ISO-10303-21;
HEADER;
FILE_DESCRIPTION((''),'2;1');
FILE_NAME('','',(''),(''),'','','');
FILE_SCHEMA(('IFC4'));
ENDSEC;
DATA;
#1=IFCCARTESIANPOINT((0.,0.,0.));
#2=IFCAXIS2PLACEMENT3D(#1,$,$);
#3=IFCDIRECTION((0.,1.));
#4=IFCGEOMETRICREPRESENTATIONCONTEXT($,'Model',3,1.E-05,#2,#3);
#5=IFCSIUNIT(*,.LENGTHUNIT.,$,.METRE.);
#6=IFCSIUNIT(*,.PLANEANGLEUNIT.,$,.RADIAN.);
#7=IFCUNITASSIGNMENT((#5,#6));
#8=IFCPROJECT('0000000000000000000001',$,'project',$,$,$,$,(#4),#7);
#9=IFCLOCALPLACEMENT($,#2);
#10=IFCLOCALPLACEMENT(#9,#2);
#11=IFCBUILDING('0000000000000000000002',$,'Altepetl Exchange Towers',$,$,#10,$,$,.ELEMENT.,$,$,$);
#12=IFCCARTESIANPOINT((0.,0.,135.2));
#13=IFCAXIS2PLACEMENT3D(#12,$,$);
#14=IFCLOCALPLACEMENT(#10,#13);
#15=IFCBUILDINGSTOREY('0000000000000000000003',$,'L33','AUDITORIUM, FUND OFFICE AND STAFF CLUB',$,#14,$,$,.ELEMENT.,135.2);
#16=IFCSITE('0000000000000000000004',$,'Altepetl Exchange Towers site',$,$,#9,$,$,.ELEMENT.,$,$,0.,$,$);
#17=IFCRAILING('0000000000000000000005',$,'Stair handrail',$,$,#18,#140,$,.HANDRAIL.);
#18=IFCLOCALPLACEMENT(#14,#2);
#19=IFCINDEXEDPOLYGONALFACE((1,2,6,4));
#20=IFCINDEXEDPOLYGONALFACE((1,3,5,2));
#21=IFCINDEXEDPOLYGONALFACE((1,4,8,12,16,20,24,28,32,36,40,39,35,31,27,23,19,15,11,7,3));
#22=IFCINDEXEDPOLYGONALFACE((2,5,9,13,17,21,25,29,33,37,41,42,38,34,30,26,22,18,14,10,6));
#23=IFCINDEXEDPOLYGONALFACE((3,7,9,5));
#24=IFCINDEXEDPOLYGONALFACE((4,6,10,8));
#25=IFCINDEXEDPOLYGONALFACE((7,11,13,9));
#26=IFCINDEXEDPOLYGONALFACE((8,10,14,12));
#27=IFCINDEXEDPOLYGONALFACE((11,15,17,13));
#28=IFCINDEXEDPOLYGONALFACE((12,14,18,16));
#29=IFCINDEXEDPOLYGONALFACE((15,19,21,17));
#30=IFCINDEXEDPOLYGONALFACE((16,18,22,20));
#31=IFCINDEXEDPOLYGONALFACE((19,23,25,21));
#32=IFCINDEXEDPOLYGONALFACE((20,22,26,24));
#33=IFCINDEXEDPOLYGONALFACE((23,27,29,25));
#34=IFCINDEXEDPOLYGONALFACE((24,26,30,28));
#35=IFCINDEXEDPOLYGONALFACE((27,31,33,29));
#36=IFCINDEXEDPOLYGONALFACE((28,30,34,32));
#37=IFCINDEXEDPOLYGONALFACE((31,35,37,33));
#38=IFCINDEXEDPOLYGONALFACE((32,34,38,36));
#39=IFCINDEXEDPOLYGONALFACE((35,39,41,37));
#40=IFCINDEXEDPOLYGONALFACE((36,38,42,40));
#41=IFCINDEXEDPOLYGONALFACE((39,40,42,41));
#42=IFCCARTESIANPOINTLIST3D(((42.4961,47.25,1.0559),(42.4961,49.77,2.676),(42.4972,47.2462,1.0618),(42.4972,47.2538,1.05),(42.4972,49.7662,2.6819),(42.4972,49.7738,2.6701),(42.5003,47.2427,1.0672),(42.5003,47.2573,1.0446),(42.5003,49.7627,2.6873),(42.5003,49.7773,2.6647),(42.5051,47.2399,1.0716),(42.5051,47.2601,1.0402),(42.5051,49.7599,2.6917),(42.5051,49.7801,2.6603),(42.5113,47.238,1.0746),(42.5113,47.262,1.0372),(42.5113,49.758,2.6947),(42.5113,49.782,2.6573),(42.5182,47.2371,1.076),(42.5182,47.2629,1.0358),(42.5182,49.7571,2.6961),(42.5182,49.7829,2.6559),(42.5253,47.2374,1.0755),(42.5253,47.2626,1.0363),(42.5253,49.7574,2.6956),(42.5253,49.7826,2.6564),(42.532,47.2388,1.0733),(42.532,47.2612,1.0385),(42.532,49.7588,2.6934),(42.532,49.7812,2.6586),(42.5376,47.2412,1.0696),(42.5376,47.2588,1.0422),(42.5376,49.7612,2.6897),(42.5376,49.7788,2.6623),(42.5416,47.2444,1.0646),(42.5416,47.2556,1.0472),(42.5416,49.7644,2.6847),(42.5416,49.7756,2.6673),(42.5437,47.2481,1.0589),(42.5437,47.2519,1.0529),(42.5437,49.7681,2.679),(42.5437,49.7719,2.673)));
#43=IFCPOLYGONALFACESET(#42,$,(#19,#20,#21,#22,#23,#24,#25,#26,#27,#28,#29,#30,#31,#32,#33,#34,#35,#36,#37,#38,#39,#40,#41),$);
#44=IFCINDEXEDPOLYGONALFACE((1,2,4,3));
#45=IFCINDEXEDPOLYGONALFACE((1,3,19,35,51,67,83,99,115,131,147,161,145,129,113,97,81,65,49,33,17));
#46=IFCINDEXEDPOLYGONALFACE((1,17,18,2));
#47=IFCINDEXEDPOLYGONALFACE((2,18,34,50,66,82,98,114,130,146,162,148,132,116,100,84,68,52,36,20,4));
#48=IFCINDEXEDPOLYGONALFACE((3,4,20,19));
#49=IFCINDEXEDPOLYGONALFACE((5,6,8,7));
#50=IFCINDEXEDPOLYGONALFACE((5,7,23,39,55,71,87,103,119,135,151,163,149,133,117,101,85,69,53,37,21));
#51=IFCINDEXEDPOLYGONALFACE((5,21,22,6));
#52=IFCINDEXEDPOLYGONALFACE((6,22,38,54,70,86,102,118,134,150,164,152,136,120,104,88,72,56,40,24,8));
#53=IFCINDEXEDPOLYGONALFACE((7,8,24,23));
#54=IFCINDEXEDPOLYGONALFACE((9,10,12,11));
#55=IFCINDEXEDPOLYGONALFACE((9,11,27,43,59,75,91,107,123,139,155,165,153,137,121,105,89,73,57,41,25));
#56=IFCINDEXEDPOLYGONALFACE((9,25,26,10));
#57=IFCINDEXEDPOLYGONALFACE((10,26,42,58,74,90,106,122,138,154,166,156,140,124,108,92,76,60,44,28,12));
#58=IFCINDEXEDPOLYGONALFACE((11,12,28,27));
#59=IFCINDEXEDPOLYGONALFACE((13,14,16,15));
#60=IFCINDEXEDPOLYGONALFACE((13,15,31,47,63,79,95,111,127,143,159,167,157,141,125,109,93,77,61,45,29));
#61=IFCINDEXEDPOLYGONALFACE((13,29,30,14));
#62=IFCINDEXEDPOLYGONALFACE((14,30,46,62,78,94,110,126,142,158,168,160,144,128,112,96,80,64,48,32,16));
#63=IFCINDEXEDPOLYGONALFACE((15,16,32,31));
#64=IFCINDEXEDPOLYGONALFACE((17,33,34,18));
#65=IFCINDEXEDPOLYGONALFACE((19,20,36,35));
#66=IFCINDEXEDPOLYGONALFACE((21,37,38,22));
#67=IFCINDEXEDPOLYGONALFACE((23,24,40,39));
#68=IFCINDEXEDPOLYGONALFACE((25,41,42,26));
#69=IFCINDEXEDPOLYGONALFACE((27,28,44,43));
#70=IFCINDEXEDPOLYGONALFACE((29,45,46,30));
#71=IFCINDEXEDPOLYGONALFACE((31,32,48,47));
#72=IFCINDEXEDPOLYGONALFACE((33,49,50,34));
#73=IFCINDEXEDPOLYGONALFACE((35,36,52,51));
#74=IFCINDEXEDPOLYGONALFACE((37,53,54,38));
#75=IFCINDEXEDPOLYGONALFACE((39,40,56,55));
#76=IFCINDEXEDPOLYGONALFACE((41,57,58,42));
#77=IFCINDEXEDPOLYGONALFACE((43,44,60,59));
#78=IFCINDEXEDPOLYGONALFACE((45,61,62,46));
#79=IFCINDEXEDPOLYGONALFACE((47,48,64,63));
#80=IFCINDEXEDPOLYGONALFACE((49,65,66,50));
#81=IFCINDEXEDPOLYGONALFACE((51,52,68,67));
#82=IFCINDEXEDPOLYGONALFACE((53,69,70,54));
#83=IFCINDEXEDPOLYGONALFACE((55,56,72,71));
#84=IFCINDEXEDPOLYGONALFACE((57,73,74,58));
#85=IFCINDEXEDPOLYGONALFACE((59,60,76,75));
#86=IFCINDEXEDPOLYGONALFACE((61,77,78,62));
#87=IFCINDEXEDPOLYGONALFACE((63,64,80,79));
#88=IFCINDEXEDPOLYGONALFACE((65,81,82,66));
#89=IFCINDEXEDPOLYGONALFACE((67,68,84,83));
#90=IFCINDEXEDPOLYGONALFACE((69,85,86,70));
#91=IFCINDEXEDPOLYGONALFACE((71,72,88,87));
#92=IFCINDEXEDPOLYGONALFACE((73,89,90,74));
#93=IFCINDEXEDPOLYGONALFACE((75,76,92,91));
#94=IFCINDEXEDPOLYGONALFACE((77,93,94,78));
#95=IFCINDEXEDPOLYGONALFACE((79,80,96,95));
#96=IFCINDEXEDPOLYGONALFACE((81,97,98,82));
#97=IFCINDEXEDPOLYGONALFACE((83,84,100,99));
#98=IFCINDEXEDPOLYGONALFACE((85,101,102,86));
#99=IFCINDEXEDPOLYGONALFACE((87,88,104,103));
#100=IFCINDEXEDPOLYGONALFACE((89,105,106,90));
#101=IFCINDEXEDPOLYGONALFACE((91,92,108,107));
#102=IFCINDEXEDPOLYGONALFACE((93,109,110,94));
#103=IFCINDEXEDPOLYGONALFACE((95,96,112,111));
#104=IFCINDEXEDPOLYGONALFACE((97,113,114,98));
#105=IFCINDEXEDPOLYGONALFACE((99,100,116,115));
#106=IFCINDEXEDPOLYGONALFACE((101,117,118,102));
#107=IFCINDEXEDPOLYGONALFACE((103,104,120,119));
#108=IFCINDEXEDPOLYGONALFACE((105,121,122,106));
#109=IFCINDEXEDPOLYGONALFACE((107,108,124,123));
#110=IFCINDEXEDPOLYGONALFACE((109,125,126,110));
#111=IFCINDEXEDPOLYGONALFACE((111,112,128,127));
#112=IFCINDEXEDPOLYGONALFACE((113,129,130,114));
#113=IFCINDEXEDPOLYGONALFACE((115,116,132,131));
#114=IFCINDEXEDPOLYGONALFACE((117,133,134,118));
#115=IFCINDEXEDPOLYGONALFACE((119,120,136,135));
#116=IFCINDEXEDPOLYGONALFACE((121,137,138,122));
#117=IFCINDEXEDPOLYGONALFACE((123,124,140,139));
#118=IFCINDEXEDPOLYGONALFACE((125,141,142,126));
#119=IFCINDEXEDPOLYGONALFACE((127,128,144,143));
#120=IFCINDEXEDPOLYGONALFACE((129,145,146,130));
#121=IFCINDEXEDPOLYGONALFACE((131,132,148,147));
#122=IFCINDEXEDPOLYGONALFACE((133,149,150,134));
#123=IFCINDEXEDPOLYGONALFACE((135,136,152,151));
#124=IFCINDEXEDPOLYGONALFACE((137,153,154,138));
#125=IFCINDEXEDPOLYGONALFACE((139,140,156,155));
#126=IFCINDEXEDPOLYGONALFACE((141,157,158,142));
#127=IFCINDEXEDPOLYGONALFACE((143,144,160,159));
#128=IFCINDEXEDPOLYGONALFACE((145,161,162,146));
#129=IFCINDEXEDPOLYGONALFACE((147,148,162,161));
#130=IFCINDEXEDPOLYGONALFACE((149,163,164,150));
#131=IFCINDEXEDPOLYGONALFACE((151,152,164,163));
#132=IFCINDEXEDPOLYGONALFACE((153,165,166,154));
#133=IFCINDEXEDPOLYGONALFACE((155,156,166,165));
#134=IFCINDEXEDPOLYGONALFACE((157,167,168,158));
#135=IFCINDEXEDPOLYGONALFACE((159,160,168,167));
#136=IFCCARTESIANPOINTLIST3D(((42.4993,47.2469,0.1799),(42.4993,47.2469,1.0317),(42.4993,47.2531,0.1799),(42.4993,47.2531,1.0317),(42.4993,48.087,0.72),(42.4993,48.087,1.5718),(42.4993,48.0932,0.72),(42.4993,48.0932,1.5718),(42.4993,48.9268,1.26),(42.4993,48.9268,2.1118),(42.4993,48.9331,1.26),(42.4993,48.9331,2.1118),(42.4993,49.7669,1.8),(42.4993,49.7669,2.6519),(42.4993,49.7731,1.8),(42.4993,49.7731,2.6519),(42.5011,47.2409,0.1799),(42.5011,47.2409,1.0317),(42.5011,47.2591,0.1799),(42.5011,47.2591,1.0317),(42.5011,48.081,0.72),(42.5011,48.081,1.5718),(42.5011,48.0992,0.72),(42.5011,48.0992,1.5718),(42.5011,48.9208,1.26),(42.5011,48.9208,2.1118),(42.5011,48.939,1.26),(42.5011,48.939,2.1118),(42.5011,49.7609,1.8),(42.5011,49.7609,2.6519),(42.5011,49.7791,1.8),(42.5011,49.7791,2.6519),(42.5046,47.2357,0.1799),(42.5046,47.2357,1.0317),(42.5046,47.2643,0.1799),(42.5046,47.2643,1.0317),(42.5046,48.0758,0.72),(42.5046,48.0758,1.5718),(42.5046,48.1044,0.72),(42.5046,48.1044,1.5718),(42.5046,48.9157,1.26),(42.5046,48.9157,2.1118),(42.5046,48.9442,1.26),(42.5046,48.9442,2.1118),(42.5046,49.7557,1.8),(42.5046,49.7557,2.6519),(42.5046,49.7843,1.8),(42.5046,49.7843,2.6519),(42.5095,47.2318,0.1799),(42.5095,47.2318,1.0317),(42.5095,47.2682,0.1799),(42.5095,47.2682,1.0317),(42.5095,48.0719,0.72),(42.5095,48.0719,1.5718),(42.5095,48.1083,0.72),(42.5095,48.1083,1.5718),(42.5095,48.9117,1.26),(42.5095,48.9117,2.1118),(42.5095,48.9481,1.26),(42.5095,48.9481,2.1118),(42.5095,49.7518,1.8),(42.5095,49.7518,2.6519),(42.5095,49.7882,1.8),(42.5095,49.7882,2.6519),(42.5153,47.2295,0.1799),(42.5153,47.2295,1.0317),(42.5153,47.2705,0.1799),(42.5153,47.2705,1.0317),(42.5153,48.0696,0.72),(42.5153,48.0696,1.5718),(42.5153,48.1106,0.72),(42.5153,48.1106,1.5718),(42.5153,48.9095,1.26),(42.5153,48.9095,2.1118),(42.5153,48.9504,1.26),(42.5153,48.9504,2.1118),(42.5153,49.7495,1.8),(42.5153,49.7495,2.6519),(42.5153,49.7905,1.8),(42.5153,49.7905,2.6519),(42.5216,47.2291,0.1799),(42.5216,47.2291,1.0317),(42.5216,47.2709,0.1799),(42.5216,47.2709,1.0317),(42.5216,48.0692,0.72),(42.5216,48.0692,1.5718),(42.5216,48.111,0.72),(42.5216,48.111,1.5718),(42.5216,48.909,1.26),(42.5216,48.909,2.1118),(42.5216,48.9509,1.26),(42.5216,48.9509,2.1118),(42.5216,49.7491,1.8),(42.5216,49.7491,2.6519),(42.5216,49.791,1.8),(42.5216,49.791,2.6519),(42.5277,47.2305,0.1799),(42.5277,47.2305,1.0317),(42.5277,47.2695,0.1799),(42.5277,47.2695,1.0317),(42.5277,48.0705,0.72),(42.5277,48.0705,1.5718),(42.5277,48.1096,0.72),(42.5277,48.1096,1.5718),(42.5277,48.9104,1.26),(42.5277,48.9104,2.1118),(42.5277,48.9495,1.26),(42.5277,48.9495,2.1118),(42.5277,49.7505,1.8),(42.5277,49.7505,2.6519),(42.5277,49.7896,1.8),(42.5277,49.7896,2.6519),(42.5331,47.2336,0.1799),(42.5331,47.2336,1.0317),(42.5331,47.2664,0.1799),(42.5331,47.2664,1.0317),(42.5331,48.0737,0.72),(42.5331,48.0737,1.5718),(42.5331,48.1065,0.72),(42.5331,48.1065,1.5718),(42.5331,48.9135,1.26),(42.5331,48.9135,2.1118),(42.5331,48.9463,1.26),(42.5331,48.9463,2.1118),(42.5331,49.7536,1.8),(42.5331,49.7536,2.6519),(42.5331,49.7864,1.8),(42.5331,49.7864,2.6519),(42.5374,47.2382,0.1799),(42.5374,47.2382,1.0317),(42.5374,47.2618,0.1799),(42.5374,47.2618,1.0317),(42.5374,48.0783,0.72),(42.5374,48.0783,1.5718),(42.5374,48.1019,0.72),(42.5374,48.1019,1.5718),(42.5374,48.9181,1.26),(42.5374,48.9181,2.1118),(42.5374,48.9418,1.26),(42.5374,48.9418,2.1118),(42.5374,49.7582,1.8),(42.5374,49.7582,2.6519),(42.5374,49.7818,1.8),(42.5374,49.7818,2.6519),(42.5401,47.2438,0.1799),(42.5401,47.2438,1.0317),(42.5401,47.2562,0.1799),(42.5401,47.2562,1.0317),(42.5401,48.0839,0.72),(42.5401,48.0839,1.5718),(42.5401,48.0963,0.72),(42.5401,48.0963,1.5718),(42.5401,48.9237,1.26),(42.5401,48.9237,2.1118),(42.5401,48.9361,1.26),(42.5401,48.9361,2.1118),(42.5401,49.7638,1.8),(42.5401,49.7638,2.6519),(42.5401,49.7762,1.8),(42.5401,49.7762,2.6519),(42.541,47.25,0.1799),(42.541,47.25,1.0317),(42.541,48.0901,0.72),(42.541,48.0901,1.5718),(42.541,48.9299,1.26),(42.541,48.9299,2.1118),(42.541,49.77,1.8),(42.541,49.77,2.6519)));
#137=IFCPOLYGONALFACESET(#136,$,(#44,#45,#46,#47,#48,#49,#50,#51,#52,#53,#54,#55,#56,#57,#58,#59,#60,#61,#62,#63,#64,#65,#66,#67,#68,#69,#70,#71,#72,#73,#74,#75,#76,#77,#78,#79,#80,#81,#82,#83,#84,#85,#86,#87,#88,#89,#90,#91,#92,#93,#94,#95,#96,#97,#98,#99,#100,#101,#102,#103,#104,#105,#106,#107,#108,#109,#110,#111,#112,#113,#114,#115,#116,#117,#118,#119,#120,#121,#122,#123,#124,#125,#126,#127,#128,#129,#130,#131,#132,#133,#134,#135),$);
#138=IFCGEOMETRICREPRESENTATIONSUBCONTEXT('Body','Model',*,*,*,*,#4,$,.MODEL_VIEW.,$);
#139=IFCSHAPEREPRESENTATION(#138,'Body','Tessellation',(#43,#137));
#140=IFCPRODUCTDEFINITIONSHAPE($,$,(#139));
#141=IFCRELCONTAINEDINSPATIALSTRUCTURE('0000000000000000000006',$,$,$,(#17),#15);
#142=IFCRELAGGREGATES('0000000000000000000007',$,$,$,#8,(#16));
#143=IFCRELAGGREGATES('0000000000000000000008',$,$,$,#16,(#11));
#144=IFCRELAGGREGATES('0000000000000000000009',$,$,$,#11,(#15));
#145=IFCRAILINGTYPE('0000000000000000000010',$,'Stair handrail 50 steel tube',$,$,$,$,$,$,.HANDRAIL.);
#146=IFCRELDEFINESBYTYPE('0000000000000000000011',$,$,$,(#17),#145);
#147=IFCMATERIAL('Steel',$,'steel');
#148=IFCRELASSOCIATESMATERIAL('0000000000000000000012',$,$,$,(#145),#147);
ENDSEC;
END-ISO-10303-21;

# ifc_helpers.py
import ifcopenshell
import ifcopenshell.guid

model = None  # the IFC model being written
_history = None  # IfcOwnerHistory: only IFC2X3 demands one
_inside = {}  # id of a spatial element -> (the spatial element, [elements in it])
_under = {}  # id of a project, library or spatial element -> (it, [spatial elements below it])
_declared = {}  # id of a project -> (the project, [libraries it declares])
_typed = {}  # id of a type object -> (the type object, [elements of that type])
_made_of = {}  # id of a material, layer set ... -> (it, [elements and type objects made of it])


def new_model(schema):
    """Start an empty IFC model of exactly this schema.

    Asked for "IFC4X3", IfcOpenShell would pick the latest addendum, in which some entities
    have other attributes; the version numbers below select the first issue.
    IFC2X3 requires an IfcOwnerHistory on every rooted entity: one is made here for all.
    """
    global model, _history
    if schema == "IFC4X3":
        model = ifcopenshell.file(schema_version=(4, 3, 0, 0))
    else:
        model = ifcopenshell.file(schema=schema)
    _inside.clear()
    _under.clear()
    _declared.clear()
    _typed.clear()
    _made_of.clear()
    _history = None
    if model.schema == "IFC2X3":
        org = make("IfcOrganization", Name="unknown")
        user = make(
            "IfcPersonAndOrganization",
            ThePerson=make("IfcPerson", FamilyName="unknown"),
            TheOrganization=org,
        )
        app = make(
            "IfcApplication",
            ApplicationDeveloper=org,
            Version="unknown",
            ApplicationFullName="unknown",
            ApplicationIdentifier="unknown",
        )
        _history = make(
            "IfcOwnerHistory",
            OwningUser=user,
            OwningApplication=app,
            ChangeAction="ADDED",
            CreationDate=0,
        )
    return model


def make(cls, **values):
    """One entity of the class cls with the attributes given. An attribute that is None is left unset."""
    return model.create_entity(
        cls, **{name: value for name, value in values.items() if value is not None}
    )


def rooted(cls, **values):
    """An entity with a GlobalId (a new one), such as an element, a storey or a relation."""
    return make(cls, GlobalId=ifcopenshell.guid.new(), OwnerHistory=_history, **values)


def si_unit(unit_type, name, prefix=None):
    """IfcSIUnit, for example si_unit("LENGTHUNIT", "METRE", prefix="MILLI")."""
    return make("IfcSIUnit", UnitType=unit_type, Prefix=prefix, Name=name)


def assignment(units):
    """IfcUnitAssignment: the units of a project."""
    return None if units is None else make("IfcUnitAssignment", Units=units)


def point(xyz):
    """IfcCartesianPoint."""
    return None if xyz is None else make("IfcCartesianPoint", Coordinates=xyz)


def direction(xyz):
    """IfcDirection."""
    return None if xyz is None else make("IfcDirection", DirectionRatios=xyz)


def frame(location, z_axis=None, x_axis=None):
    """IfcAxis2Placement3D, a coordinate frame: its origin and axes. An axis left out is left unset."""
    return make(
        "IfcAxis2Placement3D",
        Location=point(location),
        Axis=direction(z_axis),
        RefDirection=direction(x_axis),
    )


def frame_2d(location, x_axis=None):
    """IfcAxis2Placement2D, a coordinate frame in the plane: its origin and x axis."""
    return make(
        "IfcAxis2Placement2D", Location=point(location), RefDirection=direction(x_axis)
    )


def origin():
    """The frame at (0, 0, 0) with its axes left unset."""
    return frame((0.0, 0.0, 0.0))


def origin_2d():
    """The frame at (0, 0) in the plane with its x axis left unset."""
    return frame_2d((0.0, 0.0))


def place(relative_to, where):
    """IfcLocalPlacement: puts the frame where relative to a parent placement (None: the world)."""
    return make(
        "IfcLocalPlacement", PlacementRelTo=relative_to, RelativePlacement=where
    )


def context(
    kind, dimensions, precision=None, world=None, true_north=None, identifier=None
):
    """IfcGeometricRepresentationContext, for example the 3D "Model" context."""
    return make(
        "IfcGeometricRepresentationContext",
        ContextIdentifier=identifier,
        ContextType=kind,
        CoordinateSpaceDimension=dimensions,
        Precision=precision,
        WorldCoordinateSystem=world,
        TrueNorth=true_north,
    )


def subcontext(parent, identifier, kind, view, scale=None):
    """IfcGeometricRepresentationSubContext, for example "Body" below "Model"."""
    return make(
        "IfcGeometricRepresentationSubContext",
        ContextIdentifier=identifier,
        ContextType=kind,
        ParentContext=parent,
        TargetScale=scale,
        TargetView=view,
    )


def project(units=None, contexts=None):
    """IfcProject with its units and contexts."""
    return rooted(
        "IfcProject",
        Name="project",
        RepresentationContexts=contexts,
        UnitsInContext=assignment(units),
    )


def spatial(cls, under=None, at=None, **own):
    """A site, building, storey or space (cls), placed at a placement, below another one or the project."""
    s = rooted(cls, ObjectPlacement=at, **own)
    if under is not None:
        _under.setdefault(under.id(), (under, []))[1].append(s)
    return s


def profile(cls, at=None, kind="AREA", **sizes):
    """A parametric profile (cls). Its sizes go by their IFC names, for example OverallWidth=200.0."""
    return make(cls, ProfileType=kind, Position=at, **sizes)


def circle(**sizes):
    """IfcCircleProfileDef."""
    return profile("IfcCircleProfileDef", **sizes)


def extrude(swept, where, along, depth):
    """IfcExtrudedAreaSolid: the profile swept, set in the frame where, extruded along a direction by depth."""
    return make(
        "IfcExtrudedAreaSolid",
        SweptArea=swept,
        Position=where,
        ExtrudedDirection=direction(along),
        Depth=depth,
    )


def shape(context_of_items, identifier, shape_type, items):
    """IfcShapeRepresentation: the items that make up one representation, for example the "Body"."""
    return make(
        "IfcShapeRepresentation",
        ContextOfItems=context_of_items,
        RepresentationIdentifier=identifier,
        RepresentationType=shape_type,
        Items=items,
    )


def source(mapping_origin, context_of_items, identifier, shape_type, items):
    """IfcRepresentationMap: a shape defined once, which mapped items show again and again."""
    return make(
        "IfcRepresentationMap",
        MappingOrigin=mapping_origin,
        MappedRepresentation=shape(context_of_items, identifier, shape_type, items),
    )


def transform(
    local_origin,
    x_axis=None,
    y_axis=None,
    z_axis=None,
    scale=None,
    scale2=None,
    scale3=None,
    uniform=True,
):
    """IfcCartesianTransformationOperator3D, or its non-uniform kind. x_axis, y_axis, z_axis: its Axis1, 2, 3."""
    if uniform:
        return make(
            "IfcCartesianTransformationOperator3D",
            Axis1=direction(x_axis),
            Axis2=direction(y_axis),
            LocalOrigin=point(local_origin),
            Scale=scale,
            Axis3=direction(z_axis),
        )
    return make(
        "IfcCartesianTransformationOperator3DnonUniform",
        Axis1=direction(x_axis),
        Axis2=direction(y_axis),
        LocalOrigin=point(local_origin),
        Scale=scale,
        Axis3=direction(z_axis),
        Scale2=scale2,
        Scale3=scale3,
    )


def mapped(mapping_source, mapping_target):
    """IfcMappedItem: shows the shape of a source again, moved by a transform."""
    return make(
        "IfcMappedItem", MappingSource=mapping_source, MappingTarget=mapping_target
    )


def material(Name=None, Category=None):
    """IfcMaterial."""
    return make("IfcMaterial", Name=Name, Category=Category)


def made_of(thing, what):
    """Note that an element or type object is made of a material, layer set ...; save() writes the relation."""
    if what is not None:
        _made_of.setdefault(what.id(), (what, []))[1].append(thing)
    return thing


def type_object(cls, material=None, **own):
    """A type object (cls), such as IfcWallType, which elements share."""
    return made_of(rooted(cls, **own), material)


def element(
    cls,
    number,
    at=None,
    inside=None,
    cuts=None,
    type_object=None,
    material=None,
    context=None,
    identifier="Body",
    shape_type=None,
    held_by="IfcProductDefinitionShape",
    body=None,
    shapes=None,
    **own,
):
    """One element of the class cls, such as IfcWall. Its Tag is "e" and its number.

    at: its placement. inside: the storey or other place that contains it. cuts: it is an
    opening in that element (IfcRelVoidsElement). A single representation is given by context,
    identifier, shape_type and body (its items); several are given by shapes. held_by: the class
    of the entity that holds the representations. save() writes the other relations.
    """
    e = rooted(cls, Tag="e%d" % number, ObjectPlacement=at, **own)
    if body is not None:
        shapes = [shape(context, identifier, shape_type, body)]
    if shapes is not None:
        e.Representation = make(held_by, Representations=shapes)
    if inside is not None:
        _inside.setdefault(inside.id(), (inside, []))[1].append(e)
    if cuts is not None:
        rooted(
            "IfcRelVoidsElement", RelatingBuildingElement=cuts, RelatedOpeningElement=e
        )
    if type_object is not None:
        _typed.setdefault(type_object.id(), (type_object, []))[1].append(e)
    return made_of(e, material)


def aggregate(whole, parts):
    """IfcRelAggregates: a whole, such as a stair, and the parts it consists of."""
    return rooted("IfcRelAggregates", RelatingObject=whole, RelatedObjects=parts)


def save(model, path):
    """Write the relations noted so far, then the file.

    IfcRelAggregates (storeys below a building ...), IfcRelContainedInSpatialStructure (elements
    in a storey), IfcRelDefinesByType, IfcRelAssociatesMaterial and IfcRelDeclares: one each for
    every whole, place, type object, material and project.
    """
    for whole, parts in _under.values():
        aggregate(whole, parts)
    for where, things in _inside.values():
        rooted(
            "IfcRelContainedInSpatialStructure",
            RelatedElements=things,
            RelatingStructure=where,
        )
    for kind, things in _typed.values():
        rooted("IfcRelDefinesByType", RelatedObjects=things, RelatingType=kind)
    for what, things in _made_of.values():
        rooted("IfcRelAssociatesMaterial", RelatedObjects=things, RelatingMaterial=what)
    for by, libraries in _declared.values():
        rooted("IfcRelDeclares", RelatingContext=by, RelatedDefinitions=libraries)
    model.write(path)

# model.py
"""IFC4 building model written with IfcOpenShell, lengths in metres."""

from ifc_helpers import new_model, si_unit, direction, frame, origin, origin_2d, place, context, subcontext, project, spatial, circle, extrude, source, transform, mapped, material, type_object, element, save


model = new_model("IFC4")

# Units and contexts
model_context = context("Model", 3, precision=1e-05, world=origin(), true_north=direction((0.0, 1.0)))
body_context = subcontext(model_context, "Body", "Model", "MODEL_VIEW")
ifc_project = project(units=[si_unit("LENGTHUNIT", "METRE"), si_unit("PLANEANGLEUNIT", "RADIAN")], contexts=[model_context])

# Site, building, storey
site_placement = place(None, origin())
site = spatial("IfcSite", under=ifc_project, at=site_placement, Name="Altepetl Exchange Towers site", CompositionType="ELEMENT", RefElevation=0.0)
building_placement = place(site_placement, origin())
building = spatial("IfcBuilding", under=site, at=building_placement, Name="Altepetl Exchange Towers", CompositionType="ELEMENT")
storey_placement = place(building_placement, frame((0.0, 0.0, 135.2)))
storey = spatial("IfcBuildingStorey", under=building, at=storey_placement, Name="L33", Description="AUDITORIUM, FUND OFFICE AND STAFF CLUB", CompositionType="ELEMENT", Elevation=135.2)

# Railing
ifc_material_1 = material(Name="Steel", Category="steel")
railing_type = type_object("IfcRailingType", Name="Stair handrail 50 steel tube", PredefinedType="HANDRAIL", material=ifc_material_1)
shared_shape = source(origin(), body_context, "Body", "SweptSolid", [
    extrude(circle(Radius=0.021, at=origin_2d()), origin(), (0.0, 0.0, 1.0), 0.8518),
])
railing_1_placement = place(storey_placement, frame((42.52, 47.25, 0.1799)))
element("IfcRailing", 1, at=railing_1_placement, inside=storey, type_object=railing_type, Name="Stair handrail", PredefinedType="HANDRAIL", context=body_context, shape_type="SweptSolid", body=[
    extrude(circle(Radius=0.0239, at=origin_2d()), frame((0.0, 0.0, 0.876), z_axis=(0.0, 0.841163, 0.540782), x_axis=(-1.0, 0.0, 0.0)), (0.0, 0.0, 1.0), 2.9958),
    mapped(shared_shape, transform((0.0, 0.0, 0.0))),
    mapped(shared_shape, transform((0.0, 0.8401, 0.54))),
    mapped(shared_shape, transform((0.0, 1.6799, 1.0801))),
    mapped(shared_shape, transform((0.0, 2.52, 1.6201))),
])

save(model, "model.ifc")
